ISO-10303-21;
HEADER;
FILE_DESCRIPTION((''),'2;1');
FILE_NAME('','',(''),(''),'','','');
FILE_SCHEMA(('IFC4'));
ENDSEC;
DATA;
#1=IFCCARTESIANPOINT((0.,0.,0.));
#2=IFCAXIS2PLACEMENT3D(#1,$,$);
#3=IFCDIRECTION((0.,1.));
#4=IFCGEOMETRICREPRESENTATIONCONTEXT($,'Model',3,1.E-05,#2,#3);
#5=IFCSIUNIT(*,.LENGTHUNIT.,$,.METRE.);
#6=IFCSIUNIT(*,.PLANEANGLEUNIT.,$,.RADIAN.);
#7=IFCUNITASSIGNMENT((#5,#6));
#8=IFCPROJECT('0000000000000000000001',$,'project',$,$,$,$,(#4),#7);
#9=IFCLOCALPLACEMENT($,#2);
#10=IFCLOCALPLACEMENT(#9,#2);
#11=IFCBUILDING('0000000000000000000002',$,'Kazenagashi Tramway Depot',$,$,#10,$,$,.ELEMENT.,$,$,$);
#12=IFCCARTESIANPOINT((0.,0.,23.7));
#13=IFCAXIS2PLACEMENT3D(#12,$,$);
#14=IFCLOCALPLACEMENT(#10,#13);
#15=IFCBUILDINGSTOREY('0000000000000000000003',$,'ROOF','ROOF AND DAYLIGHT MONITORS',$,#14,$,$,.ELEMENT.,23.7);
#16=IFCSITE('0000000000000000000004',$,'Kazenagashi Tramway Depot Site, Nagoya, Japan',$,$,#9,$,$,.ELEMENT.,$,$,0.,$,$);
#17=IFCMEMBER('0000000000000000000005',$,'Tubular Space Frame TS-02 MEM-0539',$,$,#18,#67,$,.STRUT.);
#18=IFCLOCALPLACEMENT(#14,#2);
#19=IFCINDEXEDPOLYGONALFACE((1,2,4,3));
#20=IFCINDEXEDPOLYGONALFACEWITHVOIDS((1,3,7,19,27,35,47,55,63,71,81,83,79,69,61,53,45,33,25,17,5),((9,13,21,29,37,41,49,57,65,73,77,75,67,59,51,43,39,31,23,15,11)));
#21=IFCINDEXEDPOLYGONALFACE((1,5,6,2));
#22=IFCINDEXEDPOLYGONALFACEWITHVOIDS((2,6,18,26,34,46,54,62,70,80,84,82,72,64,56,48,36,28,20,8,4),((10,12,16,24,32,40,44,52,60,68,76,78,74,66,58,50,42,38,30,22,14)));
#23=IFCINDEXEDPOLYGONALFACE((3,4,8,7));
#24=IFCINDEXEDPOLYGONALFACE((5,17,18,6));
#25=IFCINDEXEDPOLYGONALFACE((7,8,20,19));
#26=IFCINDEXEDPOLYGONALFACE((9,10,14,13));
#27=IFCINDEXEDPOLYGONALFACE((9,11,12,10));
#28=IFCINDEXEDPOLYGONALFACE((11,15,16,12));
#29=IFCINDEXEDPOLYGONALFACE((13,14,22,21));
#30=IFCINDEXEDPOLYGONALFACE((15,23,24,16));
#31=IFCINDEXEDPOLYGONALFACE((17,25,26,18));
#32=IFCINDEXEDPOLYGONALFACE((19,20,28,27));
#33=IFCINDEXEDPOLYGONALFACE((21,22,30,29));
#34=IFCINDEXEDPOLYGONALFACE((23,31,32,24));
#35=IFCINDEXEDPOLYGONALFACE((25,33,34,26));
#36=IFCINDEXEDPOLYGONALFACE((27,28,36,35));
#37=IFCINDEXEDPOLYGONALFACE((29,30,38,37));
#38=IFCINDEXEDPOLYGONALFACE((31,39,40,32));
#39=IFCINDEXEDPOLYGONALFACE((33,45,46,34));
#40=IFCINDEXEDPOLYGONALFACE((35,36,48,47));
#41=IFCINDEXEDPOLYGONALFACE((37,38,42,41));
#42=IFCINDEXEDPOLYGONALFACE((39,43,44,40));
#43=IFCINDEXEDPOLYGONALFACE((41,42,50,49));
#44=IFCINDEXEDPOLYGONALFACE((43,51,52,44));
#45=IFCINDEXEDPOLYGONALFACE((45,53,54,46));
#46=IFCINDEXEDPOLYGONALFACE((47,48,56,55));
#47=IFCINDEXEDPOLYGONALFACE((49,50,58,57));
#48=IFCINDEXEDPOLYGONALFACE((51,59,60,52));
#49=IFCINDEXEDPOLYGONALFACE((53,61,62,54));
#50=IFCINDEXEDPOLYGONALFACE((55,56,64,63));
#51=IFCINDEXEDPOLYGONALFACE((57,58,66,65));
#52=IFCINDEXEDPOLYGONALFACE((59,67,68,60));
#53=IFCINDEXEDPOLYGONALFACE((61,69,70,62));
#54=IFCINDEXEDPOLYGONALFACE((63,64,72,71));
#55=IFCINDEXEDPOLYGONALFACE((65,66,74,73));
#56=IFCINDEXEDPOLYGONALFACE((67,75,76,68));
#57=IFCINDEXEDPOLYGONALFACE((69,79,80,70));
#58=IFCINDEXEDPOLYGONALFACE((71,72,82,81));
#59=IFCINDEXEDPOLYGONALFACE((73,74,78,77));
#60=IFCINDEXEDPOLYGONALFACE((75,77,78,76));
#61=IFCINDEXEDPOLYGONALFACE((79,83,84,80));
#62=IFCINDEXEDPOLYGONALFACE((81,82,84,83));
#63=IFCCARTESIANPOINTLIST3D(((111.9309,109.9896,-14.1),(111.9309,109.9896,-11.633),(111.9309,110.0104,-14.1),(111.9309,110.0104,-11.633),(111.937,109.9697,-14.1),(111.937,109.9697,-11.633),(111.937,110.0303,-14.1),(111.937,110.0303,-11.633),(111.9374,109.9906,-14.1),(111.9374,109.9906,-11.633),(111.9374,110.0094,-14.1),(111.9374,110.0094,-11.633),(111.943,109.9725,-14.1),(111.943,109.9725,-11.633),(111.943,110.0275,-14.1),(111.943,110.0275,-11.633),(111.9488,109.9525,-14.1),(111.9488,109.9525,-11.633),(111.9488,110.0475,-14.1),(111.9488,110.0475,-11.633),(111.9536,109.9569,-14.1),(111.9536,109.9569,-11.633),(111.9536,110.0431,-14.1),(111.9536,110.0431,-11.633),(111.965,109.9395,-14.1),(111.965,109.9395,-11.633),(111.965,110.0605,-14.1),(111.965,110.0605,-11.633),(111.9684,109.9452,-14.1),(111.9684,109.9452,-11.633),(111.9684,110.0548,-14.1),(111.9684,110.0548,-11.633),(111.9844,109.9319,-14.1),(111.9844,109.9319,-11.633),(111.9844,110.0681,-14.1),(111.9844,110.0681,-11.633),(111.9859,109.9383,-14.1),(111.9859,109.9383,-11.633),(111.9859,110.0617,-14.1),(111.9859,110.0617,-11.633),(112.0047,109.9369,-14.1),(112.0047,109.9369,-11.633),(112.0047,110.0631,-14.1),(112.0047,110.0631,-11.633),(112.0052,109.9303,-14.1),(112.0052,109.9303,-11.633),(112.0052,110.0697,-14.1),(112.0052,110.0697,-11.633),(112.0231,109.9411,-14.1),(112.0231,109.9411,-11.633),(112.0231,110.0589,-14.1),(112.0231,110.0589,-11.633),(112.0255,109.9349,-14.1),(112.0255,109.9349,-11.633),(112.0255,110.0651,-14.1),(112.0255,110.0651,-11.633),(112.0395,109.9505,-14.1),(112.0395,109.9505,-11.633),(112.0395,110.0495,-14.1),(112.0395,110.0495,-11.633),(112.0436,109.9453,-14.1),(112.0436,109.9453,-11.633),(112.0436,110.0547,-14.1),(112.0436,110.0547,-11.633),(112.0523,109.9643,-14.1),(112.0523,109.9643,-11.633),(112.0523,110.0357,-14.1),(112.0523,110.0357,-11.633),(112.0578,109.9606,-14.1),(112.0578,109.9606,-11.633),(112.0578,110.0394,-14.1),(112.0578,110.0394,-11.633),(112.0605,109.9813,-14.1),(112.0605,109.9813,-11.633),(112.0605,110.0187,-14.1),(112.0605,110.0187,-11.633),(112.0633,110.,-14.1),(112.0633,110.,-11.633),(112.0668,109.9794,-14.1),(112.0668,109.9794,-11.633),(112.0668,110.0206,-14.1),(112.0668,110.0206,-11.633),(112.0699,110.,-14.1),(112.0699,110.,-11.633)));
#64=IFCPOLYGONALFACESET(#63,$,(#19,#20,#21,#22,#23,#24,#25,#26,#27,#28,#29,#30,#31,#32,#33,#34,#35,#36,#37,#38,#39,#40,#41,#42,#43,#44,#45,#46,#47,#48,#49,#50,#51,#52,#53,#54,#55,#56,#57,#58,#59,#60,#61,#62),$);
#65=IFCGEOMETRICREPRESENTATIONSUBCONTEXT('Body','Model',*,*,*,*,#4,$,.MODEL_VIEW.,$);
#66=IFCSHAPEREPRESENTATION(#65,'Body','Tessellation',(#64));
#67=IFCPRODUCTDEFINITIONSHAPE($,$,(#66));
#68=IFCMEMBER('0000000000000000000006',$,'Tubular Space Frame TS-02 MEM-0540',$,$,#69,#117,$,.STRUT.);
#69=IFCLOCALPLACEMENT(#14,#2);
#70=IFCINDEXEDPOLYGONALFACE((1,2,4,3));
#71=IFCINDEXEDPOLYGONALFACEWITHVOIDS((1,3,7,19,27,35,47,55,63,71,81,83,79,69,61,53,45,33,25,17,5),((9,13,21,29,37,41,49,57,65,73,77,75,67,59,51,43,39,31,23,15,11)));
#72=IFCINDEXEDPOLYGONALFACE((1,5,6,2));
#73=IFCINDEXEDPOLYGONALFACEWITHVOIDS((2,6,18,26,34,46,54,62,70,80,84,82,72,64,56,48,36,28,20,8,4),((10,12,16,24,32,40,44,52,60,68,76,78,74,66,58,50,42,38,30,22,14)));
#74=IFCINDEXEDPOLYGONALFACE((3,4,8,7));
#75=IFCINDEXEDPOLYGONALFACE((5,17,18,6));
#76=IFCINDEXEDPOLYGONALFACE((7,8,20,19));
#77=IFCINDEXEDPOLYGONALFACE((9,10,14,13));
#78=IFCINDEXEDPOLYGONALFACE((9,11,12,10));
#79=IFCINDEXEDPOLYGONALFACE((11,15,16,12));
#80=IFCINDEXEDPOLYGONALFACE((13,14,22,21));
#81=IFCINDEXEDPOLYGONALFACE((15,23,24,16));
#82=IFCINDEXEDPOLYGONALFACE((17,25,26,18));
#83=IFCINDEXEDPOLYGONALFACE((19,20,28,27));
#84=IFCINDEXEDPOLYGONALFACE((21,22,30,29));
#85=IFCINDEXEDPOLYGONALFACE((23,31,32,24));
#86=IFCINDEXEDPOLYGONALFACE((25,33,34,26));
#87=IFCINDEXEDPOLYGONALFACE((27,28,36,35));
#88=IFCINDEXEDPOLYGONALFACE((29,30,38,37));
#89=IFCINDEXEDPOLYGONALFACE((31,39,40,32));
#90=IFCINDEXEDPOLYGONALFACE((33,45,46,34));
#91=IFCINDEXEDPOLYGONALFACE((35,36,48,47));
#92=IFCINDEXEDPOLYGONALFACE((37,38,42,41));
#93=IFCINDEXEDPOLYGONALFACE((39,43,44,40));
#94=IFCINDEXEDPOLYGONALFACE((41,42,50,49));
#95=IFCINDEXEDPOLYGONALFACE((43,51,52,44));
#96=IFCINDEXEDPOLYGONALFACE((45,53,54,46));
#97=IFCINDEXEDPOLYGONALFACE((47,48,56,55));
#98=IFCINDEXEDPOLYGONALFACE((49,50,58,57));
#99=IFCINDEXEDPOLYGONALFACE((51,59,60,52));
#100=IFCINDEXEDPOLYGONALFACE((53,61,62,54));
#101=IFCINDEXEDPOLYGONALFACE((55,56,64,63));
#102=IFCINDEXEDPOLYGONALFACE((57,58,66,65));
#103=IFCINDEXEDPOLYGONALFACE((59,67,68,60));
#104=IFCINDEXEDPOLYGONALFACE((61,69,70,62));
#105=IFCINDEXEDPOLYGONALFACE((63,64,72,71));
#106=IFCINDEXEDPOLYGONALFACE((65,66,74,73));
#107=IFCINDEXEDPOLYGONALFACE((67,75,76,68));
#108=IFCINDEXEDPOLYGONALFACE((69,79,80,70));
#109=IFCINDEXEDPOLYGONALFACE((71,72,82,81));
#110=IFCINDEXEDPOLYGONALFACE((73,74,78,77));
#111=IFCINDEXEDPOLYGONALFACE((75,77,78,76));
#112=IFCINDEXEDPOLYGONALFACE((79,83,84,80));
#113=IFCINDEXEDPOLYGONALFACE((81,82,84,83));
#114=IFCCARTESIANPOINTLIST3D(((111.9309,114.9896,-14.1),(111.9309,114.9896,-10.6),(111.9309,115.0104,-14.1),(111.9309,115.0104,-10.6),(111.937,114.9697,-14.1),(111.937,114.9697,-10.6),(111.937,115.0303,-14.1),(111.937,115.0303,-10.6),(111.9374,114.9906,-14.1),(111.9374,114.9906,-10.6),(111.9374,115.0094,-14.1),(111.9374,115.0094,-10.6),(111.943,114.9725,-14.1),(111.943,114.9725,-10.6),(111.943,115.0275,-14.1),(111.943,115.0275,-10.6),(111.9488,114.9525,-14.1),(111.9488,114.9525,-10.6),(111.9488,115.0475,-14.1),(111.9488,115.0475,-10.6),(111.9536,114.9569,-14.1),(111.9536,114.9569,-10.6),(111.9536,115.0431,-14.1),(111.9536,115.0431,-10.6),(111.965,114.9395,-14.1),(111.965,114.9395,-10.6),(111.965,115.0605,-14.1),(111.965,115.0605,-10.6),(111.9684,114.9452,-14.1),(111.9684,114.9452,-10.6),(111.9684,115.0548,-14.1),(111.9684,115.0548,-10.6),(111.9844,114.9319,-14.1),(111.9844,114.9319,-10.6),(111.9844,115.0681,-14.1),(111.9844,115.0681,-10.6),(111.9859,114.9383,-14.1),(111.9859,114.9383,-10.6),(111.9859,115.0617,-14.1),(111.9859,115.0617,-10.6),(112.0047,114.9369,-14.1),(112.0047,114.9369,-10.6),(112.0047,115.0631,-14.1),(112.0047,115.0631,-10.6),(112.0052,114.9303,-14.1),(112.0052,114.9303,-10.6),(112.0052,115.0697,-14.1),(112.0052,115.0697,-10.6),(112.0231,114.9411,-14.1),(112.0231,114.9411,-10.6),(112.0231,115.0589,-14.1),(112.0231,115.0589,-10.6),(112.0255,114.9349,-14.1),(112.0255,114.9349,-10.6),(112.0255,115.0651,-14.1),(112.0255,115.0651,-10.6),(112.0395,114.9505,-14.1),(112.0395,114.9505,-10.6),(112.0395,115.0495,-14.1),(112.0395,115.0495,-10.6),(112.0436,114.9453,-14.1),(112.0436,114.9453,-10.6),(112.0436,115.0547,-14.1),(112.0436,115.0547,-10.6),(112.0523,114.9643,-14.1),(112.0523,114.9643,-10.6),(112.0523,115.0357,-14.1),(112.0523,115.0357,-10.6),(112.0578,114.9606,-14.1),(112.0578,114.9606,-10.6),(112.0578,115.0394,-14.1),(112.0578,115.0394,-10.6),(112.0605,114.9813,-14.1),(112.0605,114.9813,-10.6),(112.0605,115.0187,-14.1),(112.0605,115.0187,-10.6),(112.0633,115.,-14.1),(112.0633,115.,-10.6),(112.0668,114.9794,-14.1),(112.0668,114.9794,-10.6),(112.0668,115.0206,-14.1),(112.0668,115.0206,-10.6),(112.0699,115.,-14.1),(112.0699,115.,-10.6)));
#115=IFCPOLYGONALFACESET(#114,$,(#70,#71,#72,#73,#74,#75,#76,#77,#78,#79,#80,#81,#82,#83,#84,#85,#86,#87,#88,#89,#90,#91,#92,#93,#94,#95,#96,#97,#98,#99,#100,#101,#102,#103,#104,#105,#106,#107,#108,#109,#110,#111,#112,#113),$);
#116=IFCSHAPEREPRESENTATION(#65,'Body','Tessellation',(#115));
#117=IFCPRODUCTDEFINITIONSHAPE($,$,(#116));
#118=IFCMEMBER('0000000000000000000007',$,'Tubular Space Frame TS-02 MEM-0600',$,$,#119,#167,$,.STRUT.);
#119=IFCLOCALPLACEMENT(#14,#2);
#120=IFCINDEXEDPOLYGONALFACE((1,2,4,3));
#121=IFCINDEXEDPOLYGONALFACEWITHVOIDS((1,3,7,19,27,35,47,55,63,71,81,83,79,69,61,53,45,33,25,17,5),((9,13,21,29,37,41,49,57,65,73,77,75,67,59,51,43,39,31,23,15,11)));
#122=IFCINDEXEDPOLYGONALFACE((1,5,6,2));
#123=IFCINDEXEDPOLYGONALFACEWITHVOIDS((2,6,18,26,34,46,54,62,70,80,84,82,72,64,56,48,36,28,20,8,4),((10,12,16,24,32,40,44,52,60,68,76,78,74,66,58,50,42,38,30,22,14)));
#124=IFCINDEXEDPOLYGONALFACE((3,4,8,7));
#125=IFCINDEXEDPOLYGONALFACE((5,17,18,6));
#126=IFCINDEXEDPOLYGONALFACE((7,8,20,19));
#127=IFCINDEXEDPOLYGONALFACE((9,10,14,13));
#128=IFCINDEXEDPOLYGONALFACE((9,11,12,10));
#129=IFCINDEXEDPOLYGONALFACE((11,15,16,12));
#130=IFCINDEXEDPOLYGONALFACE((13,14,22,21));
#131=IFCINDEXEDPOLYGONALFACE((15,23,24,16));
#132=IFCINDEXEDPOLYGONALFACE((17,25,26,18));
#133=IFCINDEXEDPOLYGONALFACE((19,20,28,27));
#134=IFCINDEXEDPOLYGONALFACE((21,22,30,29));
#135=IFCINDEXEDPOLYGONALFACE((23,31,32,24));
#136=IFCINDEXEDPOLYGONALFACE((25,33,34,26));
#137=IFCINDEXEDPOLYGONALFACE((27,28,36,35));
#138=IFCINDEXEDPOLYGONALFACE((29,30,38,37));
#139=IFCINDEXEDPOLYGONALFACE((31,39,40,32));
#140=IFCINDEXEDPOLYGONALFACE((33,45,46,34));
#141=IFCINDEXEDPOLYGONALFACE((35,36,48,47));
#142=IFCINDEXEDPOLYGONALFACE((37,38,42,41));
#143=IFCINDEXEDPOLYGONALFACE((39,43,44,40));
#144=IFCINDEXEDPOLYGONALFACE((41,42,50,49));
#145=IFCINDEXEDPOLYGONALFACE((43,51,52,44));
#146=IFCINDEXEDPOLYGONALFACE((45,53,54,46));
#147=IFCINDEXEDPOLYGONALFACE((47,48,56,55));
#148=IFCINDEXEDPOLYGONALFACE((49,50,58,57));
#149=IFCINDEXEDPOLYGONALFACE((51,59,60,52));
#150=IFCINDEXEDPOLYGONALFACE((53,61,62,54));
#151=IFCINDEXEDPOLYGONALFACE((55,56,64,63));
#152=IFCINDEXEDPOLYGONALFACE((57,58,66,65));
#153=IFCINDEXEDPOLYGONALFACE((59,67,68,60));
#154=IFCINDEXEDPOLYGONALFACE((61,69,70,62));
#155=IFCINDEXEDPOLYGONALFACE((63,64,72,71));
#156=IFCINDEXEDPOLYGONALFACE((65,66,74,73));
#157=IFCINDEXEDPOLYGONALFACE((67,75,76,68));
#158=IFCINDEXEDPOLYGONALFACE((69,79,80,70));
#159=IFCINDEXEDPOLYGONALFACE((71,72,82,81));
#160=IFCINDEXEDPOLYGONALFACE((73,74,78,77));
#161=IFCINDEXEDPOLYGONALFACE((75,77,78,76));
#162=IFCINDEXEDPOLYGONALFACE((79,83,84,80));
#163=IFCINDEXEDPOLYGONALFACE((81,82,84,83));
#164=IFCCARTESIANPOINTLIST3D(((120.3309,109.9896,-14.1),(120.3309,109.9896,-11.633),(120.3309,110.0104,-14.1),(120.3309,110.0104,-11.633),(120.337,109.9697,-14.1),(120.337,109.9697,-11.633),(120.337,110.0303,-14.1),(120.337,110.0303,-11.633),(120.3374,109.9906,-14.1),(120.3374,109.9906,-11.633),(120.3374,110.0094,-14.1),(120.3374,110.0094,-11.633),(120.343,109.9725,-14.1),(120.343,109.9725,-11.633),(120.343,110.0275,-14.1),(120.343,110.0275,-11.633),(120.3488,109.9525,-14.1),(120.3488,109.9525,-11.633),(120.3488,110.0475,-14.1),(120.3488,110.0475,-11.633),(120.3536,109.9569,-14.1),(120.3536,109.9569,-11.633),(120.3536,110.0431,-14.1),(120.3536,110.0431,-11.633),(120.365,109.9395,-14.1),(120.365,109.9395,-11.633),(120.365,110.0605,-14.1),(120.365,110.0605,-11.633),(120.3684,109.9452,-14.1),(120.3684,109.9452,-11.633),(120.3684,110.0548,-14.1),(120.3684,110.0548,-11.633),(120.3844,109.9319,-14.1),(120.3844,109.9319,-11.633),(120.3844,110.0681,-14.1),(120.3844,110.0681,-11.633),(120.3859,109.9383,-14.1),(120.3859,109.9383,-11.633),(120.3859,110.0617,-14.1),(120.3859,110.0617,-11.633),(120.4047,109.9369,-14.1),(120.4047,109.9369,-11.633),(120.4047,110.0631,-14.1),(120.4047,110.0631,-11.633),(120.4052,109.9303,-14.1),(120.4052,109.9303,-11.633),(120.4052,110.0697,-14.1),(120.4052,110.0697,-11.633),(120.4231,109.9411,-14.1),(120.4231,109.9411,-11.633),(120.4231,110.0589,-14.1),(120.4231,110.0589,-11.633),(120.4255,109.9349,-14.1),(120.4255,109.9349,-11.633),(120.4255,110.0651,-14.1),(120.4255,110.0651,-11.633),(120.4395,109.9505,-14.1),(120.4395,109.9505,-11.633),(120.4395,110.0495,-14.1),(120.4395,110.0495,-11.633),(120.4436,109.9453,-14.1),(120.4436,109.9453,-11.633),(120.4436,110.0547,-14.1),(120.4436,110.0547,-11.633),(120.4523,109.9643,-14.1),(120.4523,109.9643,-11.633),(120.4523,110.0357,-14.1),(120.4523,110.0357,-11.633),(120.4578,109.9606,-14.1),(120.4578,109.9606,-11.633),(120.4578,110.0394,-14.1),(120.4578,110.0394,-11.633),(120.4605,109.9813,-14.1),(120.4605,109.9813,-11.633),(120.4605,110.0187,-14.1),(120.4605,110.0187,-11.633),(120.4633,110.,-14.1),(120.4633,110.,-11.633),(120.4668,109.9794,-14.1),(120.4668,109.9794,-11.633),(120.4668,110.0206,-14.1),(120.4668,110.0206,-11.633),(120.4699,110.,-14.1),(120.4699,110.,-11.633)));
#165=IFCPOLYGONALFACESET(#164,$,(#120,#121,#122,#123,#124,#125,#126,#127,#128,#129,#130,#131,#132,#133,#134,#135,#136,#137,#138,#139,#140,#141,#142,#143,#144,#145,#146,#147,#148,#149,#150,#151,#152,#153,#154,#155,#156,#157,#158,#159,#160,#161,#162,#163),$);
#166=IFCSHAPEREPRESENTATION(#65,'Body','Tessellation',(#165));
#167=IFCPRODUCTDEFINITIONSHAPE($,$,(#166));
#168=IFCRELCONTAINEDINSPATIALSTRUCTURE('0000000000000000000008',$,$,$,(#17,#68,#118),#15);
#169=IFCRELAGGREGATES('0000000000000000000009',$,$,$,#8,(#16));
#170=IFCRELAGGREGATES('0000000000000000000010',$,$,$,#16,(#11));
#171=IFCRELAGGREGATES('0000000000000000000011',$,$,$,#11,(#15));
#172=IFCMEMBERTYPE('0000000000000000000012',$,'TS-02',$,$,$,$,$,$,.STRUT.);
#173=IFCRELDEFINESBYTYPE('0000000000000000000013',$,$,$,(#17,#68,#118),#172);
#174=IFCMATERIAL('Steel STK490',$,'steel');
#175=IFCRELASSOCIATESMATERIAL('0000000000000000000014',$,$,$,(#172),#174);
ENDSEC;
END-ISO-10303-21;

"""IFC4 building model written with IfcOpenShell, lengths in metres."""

from ifc_helpers import new_model, si_unit, direction, frame, origin, origin_2d, place, context, subcontext, project, spatial, hollow_circle, extrude, material, material_profile, profile_set, type_object, element, save


model = new_model("IFC4")

# Units and contexts
model_context = context("Model", 3, precision=1e-05, world=origin(), true_north=direction((0.0, 1.0)))
body_context = subcontext(model_context, "Body", "Model", "MODEL_VIEW")
ifc_project = project(units=[si_unit("LENGTHUNIT", "METRE"), si_unit("PLANEANGLEUNIT", "RADIAN")], contexts=[model_context])

# Site, building, storey
site_placement = place(None, origin())
site = spatial("IfcSite", under=ifc_project, at=site_placement, Name="Kazenagashi Tramway Depot Site, Nagoya, Japan", CompositionType="ELEMENT", RefElevation=0.0)
building_placement = place(site_placement, origin())
building = spatial("IfcBuilding", under=site, at=building_placement, Name="Kazenagashi Tramway Depot", CompositionType="ELEMENT")
storey_placement = place(building_placement, frame((0.0, 0.0, 23.7)))
storey = spatial("IfcBuildingStorey", under=building, at=storey_placement, Name="ROOF", Description="ROOF AND DAYLIGHT MONITORS", CompositionType="ELEMENT", Elevation=23.7)

# Members
ifc_material_1 = material(Name="Steel STK490", Category="steel")
ifc_material_profile_1 = material_profile(ifc_material_1, hollow_circle(Radius=0.0699, WallThickness=0.0066, at=origin_2d()), Name="CHS-139.8x6.6")
ifc_profile_set_1 = profile_set([ifc_material_profile_1], Name="Steel STK490")
member_type_1 = type_object("IfcMemberType", Name="TS-02", PredefinedType="STRUT", material=ifc_profile_set_1)
member_1_placement = place(storey_placement, frame((112.0, 110.0, -14.1), z_axis=(0.0, 0.0, 1.0), x_axis=(1.0, 0.0, 0.0)))
element("IfcMember", 1, at=member_1_placement, inside=storey, type_object=member_type_1, Name="Tubular Space Frame TS-02 MEM-0539", PredefinedType="STRUT", context=body_context, shape_type="SweptSolid", body=[
    extrude(hollow_circle(Radius=0.0699, WallThickness=0.0066, at=origin_2d()), origin(), (0.0, 0.0, 1.0), 2.467),
])
member_2_placement = place(storey_placement, frame((112.0, 115.0, -14.1), z_axis=(0.0, 0.0, 1.0), x_axis=(1.0, 0.0, 0.0)))
element("IfcMember", 2, at=member_2_placement, inside=storey, type_object=member_type_1, Name="Tubular Space Frame TS-02 MEM-0540", PredefinedType="STRUT", context=body_context, shape_type="SweptSolid", body=[
    extrude(hollow_circle(Radius=0.0699, WallThickness=0.0066, at=origin_2d()), origin(), (0.0, 0.0, 1.0), 3.5),
])
member_3_placement = place(storey_placement, frame((120.4, 110.0, -14.1), z_axis=(0.0, 0.0, 1.0), x_axis=(1.0, 0.0, 0.0)))
element("IfcMember", 3, at=member_3_placement, inside=storey, type_object=member_type_1, Name="Tubular Space Frame TS-02 MEM-0600", PredefinedType="STRUT", context=body_context, shape_type="SweptSolid", body=[
    extrude(hollow_circle(Radius=0.0699, WallThickness=0.0066, at=origin_2d()), origin(), (0.0, 0.0, 1.0), 2.467),
])

save(model, "model.ifc")
